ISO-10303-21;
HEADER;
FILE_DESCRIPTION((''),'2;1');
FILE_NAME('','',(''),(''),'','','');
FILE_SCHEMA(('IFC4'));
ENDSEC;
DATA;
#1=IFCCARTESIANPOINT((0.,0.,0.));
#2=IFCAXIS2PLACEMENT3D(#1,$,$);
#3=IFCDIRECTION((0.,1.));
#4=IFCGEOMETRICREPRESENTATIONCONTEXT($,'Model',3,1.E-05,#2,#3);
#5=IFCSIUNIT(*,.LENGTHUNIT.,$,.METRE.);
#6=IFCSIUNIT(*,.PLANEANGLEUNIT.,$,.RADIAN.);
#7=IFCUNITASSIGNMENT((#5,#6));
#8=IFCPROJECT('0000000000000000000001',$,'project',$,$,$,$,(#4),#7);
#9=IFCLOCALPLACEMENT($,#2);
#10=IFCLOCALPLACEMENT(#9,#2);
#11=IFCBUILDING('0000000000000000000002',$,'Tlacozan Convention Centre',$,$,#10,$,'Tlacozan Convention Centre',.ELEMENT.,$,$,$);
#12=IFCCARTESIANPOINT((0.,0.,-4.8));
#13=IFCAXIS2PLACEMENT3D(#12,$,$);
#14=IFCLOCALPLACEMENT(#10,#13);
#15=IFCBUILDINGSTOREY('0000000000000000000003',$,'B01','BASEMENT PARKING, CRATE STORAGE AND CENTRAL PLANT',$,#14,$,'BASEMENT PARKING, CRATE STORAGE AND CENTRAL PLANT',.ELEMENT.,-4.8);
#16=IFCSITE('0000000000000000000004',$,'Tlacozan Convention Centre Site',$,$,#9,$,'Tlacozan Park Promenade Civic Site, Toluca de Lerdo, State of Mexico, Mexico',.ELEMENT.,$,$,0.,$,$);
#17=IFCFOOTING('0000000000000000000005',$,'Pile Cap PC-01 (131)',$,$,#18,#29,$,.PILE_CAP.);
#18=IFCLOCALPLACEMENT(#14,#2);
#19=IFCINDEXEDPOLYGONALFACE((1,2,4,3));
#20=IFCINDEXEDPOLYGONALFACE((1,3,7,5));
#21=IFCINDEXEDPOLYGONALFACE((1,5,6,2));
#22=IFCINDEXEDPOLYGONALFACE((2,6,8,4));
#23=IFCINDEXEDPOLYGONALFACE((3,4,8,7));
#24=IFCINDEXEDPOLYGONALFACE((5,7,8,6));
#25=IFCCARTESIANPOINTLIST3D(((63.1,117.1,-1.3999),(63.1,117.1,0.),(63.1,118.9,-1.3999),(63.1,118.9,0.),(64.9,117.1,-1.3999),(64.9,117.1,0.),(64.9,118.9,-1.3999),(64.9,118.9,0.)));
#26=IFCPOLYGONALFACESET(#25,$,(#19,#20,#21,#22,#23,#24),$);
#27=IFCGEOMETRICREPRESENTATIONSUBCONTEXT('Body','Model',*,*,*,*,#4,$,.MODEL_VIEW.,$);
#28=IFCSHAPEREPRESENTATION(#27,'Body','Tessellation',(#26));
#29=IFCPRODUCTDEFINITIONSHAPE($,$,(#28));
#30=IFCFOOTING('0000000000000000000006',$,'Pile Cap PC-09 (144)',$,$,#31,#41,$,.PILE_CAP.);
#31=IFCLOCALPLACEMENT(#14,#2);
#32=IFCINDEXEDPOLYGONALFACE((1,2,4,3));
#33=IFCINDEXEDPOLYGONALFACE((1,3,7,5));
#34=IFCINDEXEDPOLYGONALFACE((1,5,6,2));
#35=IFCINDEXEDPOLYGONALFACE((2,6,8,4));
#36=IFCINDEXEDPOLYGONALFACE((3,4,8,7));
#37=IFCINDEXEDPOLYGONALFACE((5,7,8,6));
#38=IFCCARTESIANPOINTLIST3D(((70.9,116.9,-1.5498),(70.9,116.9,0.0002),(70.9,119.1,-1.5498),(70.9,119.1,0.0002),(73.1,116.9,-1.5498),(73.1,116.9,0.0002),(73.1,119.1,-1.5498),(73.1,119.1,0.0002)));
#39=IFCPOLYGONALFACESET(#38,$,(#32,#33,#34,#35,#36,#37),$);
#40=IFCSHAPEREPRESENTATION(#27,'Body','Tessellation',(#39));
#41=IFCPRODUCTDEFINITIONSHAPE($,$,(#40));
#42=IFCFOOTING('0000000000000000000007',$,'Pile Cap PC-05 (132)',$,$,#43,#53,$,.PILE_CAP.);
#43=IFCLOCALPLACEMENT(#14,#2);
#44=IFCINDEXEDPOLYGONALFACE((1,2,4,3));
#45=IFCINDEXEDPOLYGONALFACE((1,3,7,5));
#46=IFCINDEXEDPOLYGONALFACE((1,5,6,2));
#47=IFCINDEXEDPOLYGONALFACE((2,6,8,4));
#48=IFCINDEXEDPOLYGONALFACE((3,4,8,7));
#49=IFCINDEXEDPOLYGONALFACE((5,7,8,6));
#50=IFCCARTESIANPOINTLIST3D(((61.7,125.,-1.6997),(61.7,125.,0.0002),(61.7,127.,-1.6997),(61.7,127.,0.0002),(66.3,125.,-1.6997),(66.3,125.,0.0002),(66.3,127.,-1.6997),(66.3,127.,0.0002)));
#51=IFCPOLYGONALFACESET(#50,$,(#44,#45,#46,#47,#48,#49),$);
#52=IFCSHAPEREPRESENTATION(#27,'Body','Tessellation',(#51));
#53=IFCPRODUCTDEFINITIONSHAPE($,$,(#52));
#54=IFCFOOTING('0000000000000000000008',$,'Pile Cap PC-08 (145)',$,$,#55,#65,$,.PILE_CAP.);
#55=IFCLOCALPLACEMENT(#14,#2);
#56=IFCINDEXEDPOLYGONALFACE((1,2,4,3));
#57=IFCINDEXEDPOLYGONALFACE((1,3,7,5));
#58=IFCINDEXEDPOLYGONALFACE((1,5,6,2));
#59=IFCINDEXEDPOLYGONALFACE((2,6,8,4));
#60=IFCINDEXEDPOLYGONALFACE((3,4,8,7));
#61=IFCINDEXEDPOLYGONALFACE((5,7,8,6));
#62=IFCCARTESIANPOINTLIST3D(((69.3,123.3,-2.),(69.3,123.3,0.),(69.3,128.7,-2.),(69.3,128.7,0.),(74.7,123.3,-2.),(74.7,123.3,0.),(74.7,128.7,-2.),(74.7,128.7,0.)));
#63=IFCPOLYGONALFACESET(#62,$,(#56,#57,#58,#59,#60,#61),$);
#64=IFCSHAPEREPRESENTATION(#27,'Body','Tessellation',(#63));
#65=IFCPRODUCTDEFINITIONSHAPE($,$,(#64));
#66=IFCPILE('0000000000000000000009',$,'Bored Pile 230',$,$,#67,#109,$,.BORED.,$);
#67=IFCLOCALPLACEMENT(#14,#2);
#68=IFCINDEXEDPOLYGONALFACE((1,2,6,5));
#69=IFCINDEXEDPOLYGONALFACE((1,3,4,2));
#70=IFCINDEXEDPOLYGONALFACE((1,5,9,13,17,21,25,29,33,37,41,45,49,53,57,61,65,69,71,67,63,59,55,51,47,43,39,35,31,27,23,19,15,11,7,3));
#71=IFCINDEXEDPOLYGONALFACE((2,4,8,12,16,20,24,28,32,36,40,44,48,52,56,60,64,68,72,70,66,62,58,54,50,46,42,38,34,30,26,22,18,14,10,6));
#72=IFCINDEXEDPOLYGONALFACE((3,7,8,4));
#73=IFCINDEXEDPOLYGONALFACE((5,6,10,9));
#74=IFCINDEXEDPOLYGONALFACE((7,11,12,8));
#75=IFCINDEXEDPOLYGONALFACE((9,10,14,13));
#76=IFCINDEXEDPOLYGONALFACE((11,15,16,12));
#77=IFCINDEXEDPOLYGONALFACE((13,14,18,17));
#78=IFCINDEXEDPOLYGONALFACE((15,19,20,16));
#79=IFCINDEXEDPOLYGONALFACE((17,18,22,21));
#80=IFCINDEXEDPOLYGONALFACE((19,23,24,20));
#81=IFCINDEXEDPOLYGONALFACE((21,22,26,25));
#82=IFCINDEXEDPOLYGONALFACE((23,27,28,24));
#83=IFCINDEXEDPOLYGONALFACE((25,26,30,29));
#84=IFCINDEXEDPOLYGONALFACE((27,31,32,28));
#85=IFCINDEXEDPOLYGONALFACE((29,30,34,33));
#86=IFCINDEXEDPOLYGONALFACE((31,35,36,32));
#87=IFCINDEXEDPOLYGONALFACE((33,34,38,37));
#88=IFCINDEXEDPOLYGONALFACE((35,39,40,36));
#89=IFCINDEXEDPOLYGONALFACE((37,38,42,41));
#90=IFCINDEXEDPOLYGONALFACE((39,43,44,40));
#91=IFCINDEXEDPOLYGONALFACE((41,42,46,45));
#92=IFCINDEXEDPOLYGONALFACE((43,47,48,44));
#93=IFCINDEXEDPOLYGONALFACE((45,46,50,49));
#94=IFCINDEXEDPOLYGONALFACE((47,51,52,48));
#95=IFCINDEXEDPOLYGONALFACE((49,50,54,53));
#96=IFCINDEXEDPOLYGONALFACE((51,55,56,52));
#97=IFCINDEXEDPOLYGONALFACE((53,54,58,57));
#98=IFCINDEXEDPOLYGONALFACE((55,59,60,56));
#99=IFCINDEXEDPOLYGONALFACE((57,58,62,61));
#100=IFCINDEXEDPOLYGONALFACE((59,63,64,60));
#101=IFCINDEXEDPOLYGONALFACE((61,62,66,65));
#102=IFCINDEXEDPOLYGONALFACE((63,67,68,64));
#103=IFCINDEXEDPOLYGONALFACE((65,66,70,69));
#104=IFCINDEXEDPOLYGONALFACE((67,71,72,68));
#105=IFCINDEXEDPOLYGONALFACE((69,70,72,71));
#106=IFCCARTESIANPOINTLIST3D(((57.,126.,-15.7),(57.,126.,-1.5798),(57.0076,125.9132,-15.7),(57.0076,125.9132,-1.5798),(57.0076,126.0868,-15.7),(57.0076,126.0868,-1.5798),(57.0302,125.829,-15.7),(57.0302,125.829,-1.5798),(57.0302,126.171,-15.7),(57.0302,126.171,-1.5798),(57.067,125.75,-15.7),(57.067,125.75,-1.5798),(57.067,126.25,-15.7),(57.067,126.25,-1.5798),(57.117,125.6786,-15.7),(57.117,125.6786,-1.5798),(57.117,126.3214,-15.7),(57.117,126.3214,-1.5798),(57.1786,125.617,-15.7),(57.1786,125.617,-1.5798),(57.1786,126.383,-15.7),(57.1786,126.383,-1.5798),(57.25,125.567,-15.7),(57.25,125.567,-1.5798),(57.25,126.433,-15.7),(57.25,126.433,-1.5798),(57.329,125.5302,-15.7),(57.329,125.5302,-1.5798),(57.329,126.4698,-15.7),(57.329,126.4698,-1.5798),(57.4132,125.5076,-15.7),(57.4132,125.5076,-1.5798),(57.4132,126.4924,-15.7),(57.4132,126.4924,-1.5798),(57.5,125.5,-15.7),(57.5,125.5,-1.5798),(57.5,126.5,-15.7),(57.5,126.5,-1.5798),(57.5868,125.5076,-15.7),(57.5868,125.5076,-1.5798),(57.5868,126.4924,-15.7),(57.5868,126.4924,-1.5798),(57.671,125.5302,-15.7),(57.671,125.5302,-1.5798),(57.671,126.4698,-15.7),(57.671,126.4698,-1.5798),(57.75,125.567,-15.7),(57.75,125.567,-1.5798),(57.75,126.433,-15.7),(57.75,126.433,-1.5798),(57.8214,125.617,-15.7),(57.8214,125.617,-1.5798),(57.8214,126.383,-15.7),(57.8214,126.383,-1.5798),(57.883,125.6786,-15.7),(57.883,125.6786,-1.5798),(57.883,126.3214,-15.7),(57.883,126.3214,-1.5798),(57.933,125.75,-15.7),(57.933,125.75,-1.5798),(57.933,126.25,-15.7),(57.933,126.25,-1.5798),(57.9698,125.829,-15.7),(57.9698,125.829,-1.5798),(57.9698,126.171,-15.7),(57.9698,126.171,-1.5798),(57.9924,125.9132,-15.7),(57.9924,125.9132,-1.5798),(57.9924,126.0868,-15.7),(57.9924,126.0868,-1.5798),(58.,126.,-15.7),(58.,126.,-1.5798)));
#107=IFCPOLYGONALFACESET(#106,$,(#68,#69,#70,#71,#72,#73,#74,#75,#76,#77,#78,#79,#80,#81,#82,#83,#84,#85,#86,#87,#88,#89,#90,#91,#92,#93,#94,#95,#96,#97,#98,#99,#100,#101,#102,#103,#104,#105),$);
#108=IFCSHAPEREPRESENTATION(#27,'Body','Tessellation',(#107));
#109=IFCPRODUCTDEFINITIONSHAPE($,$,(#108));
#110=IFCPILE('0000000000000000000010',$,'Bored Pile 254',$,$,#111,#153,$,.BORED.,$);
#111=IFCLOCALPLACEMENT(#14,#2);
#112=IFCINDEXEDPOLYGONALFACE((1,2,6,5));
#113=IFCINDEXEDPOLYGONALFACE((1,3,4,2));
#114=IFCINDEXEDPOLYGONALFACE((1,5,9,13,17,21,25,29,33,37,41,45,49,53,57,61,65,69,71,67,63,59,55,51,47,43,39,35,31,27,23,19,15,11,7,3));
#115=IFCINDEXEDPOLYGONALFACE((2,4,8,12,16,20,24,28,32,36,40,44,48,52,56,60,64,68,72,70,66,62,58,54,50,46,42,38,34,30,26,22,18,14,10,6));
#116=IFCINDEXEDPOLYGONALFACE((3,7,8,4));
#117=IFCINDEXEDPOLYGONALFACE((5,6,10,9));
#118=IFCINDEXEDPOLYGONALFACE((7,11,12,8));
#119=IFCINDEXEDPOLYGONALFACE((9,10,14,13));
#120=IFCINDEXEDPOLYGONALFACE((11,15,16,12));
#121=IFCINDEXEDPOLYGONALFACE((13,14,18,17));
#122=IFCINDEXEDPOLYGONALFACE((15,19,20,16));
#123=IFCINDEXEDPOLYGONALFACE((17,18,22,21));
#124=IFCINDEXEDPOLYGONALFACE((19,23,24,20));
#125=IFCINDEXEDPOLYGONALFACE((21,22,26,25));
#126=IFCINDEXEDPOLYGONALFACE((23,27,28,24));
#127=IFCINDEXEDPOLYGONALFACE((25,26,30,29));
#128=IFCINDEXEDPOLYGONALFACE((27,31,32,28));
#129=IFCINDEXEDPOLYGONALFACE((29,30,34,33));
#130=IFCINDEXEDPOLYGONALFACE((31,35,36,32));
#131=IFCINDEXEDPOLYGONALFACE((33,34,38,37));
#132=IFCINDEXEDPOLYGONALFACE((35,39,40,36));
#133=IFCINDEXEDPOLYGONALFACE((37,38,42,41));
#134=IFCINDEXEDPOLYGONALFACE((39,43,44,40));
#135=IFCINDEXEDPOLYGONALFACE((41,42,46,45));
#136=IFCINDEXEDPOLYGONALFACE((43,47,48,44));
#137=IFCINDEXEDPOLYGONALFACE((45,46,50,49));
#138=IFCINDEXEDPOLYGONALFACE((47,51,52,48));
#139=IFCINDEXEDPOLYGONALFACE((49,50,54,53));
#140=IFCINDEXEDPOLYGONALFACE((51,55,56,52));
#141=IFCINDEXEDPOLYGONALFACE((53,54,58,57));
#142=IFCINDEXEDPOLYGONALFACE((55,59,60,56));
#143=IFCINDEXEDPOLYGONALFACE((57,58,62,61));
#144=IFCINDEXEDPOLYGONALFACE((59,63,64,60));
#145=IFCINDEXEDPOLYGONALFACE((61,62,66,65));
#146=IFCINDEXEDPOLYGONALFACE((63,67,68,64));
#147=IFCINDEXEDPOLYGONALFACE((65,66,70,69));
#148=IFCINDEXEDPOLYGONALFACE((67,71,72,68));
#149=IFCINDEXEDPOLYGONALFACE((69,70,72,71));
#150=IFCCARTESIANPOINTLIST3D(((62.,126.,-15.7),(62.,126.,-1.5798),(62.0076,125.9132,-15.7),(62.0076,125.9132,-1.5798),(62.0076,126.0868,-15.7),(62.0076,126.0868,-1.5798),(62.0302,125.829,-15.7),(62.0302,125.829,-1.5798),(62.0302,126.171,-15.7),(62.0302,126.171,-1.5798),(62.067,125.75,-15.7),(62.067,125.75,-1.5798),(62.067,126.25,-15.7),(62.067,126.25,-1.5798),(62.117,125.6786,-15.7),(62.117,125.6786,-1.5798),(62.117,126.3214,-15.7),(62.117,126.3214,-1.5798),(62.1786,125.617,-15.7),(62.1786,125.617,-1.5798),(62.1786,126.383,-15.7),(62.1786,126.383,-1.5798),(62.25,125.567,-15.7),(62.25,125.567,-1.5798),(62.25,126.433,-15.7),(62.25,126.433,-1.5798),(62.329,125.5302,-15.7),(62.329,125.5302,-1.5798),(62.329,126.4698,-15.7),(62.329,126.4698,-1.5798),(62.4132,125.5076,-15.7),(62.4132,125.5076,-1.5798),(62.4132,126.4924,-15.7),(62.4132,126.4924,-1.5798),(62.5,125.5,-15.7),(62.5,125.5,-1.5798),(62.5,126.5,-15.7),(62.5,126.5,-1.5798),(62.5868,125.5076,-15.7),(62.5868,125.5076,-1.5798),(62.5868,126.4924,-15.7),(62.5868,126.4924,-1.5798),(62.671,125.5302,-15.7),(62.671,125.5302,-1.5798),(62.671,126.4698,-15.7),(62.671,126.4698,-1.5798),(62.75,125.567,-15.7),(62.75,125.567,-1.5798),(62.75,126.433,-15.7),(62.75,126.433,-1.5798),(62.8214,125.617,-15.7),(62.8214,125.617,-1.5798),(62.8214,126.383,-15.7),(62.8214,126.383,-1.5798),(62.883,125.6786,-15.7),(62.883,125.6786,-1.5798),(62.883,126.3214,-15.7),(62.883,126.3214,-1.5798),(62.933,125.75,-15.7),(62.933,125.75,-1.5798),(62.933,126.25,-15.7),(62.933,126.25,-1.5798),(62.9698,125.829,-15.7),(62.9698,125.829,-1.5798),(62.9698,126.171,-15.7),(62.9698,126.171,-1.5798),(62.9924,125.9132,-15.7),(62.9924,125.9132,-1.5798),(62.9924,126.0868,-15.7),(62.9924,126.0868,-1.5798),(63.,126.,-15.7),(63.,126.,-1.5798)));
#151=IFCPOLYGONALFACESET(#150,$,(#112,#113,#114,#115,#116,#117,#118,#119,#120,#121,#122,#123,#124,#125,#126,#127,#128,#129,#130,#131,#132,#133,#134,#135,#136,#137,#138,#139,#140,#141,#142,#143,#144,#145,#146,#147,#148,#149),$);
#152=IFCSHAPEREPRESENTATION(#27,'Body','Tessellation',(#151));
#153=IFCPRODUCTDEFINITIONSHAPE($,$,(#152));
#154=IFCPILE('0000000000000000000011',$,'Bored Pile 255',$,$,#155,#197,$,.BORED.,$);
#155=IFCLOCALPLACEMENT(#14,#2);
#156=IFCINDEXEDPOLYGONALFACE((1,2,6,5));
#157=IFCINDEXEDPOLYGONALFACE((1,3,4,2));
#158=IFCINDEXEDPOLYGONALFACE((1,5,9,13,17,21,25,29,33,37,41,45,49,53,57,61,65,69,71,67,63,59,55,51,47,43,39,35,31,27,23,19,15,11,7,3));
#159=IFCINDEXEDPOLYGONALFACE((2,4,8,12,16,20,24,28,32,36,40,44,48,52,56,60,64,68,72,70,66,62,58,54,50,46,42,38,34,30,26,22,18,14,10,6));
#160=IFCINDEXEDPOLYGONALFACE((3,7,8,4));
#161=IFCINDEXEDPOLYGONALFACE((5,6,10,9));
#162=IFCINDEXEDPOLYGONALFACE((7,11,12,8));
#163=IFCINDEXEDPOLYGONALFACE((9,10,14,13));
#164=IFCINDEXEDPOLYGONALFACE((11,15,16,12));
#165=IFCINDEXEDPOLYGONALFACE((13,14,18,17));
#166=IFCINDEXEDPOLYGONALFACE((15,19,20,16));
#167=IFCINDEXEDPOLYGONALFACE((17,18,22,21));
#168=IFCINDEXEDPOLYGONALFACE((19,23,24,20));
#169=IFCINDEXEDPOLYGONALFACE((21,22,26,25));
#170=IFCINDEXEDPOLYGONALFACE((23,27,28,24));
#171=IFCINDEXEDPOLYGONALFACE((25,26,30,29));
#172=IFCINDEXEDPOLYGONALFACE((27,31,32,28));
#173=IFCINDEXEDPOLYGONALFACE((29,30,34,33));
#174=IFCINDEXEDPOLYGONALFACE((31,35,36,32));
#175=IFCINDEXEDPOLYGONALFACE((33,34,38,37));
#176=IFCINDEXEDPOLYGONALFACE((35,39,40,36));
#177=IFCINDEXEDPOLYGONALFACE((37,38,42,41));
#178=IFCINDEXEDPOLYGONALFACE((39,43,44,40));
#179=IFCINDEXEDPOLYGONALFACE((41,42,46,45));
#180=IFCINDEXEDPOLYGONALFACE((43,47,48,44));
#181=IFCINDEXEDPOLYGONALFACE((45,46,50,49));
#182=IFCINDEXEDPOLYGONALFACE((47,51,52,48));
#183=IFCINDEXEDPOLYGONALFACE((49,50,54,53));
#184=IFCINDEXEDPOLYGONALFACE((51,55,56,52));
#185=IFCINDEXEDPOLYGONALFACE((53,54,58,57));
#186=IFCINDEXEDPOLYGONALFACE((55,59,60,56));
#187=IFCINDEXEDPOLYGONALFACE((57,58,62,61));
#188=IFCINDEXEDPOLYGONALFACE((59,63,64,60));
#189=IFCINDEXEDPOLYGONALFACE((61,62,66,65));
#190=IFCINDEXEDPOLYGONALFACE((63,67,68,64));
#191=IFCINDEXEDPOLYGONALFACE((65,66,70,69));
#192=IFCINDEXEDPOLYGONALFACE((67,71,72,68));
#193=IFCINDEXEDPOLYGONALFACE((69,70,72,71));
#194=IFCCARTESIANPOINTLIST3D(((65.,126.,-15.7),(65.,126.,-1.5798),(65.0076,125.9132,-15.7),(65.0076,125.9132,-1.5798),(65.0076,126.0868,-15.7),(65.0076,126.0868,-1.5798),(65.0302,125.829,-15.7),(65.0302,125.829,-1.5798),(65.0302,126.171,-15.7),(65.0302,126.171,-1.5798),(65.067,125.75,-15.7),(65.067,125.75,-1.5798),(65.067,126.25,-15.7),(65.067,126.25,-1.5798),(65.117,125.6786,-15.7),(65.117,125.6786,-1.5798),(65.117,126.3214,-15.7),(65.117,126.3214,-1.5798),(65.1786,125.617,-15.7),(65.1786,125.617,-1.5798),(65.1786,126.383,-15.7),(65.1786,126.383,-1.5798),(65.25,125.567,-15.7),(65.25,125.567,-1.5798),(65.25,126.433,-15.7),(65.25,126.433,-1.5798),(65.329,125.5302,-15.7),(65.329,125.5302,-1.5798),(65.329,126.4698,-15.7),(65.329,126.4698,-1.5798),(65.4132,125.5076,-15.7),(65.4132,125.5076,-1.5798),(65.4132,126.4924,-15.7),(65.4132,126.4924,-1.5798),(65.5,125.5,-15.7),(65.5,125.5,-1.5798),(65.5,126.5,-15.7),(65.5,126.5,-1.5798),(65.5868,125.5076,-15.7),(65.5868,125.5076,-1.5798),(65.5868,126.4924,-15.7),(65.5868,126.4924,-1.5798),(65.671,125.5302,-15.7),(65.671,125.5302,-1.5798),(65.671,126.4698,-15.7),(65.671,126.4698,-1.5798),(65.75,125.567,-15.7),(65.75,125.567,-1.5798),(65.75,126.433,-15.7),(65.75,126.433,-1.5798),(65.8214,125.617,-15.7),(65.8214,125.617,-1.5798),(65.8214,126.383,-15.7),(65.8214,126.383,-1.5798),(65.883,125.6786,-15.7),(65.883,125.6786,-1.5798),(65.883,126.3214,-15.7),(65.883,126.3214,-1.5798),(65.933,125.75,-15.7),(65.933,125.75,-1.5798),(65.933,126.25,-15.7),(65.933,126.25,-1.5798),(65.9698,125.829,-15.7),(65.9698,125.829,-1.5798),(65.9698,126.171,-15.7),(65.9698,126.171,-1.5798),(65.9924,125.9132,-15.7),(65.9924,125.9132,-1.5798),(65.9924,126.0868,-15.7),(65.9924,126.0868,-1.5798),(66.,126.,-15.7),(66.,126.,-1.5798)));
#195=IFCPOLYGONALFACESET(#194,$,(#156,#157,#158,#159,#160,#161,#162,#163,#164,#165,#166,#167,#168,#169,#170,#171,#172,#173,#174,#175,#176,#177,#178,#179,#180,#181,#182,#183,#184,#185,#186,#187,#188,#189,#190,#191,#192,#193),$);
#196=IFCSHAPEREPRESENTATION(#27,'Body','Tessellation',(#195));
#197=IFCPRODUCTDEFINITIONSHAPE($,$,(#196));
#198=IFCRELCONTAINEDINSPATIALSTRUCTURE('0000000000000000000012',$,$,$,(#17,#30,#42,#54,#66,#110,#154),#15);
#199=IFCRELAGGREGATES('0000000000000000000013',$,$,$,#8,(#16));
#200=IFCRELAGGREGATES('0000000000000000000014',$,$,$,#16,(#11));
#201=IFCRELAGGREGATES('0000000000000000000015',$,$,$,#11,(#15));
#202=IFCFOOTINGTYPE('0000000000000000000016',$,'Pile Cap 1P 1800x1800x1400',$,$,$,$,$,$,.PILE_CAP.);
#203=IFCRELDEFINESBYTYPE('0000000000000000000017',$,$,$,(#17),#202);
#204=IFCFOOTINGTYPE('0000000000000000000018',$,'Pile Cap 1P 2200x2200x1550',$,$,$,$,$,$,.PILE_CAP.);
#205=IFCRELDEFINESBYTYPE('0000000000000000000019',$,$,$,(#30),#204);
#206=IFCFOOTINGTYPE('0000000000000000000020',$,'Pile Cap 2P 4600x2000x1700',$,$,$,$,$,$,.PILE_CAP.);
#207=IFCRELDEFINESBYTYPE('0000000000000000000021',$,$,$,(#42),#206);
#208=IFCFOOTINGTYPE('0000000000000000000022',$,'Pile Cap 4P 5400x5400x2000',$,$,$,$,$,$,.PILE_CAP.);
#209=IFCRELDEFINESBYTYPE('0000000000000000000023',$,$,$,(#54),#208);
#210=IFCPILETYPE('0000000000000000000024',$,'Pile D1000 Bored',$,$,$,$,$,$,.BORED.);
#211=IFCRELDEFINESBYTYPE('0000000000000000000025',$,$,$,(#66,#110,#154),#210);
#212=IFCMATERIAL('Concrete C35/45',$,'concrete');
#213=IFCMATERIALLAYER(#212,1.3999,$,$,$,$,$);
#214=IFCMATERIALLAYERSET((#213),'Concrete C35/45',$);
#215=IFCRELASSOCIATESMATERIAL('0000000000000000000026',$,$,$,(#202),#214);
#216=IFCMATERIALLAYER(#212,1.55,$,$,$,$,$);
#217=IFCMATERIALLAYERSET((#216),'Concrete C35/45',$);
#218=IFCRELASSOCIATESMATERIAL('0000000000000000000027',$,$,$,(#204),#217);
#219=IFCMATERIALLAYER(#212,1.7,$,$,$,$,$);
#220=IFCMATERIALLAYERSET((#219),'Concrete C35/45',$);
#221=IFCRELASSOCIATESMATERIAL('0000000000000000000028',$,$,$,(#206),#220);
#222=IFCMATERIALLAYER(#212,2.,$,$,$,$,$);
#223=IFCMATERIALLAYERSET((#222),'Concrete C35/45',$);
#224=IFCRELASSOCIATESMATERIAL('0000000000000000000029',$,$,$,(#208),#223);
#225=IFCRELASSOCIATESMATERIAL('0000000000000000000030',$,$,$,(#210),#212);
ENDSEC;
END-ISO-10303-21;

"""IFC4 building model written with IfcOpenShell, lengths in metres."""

from ifc_helpers import new_model, si_unit, direction, frame, origin, origin_2d, place, context, subcontext, project, spatial, rectangle, circle, extrude, material, layer, layer_set, material_profile, profile_set, type_object, element, save


model = new_model("IFC4")

# Units and contexts
model_context = context("Model", 3, precision=1e-05, world=origin(), true_north=direction((0.0, 1.0)))
body_context = subcontext(model_context, "Body", "Model", "MODEL_VIEW")
ifc_project = project(units=[si_unit("LENGTHUNIT", "METRE"), si_unit("PLANEANGLEUNIT", "RADIAN")], contexts=[model_context])

# Site, building, storey
site_placement = place(None, origin())
site = spatial("IfcSite", under=ifc_project, at=site_placement, Name="Tlacozan Convention Centre Site", LongName="Tlacozan Park Promenade Civic Site, Toluca de Lerdo, State of Mexico, Mexico", CompositionType="ELEMENT", RefElevation=0.0)
building_placement = place(site_placement, origin())
building = spatial("IfcBuilding", under=site, at=building_placement, Name="Tlacozan Convention Centre", LongName="Tlacozan Convention Centre", CompositionType="ELEMENT")
storey_placement = place(building_placement, frame((0.0, 0.0, -4.8)))
storey = spatial("IfcBuildingStorey", under=building, at=storey_placement, Name="B01", Description="BASEMENT PARKING, CRATE STORAGE AND CENTRAL PLANT", LongName="BASEMENT PARKING, CRATE STORAGE AND CENTRAL PLANT", CompositionType="ELEMENT", Elevation=-4.8)

# Footings
ifc_material_1 = material(Name="Concrete C35/45", Category="concrete")
ifc_layer_1 = layer(ifc_material_1, 1.3999)
ifc_layer_set_1 = layer_set([ifc_layer_1], Name="Concrete C35/45")
footing_type_1 = type_object("IfcFootingType", Name="Pile Cap 1P 1800x1800x1400", PredefinedType="PILE_CAP", material=ifc_layer_set_1)
footing_1_placement = place(storey_placement, frame((64.0, 118.0, -1.3999), z_axis=(0.0, 0.0, 1.0), x_axis=(1.0, 0.0, 0.0)))
element("IfcFooting", 1, at=footing_1_placement, inside=storey, type_object=footing_type_1, Name="Pile Cap PC-01 (131)", PredefinedType="PILE_CAP", context=body_context, shape_type="SweptSolid", body=[
    extrude(rectangle(XDim=1.8, YDim=1.8, at=origin_2d()), origin(), (0.0, 0.0, 1.0), 1.3999),
])
ifc_layer_2 = layer(ifc_material_1, 1.55)
ifc_layer_set_2 = layer_set([ifc_layer_2], Name="Concrete C35/45")
footing_type_2 = type_object("IfcFootingType", Name="Pile Cap 1P 2200x2200x1550", PredefinedType="PILE_CAP", material=ifc_layer_set_2)
footing_2_placement = place(storey_placement, frame((72.0, 118.0, -1.5498), z_axis=(0.0, 0.0, 1.0), x_axis=(1.0, 0.0, 0.0)))
element("IfcFooting", 2, at=footing_2_placement, inside=storey, type_object=footing_type_2, Name="Pile Cap PC-09 (144)", PredefinedType="PILE_CAP", context=body_context, shape_type="SweptSolid", body=[
    extrude(rectangle(XDim=2.2, YDim=2.2, at=origin_2d()), origin(), (0.0, 0.0, 1.0), 1.55),
])
ifc_layer_3 = layer(ifc_material_1, 1.7)
ifc_layer_set_3 = layer_set([ifc_layer_3], Name="Concrete C35/45")
footing_type_3 = type_object("IfcFootingType", Name="Pile Cap 2P 4600x2000x1700", PredefinedType="PILE_CAP", material=ifc_layer_set_3)
footing_3_placement = place(storey_placement, frame((64.0, 126.0, -1.6997), z_axis=(0.0, 0.0, 1.0), x_axis=(1.0, 0.0, 0.0)))
element("IfcFooting", 3, at=footing_3_placement, inside=storey, type_object=footing_type_3, Name="Pile Cap PC-05 (132)", PredefinedType="PILE_CAP", context=body_context, shape_type="SweptSolid", body=[
    extrude(rectangle(XDim=4.6001, YDim=2.0, at=origin_2d()), origin(), (0.0, 0.0, 1.0), 1.7),
])
ifc_layer_4 = layer(ifc_material_1, 2.0)
ifc_layer_set_4 = layer_set([ifc_layer_4], Name="Concrete C35/45")
footing_type_4 = type_object("IfcFootingType", Name="Pile Cap 4P 5400x5400x2000", PredefinedType="PILE_CAP", material=ifc_layer_set_4)
footing_4_placement = place(storey_placement, frame((72.0, 126.0, -2.0), z_axis=(0.0, 0.0, 1.0), x_axis=(1.0, 0.0, 0.0)))
element("IfcFooting", 4, at=footing_4_placement, inside=storey, type_object=footing_type_4, Name="Pile Cap PC-08 (145)", PredefinedType="PILE_CAP", context=body_context, shape_type="SweptSolid", body=[
    extrude(rectangle(XDim=5.3999, YDim=5.3999, at=origin_2d()), origin(), (0.0, 0.0, 1.0), 2.0),
])

# Piles
ifc_material_profile_1 = material_profile(ifc_material_1, circle(Radius=0.5, at=origin_2d()), Name="PILE D1000")
ifc_profile_set_1 = profile_set([ifc_material_profile_1], Name="Concrete C35/45")
pile_type_1 = type_object("IfcPileType", Name="Pile D1000 Bored", PredefinedType="BORED", material=ifc_profile_set_1)
for number, where, z_axis, x_axis, name in (
    (5, (57.5, 126.0, -1.5798), (0.0, 0.0, -1.0), (1.0, 0.0, 0.0), "Bored Pile 230"),
    (6, (62.5, 126.0, -1.5798), (0.0, 0.0, -1.0), (1.0, 0.0, 0.0), "Bored Pile 254"),
    (7, (65.5, 126.0, -1.5798), (0.0, 0.0, -1.0), (1.0, 0.0, 0.0), "Bored Pile 255"),
):
    element("IfcPile", number, at=place(storey_placement, frame(where, z_axis=z_axis, x_axis=x_axis)), inside=storey, type_object=pile_type_1, Name=name, PredefinedType="BORED", context=body_context, shape_type="SweptSolid", body=[
        extrude(circle(Radius=0.5, at=origin_2d()), origin(), (0.0, 0.0, 1.0), 14.1201),
    ])

save(model, "model.ifc")
